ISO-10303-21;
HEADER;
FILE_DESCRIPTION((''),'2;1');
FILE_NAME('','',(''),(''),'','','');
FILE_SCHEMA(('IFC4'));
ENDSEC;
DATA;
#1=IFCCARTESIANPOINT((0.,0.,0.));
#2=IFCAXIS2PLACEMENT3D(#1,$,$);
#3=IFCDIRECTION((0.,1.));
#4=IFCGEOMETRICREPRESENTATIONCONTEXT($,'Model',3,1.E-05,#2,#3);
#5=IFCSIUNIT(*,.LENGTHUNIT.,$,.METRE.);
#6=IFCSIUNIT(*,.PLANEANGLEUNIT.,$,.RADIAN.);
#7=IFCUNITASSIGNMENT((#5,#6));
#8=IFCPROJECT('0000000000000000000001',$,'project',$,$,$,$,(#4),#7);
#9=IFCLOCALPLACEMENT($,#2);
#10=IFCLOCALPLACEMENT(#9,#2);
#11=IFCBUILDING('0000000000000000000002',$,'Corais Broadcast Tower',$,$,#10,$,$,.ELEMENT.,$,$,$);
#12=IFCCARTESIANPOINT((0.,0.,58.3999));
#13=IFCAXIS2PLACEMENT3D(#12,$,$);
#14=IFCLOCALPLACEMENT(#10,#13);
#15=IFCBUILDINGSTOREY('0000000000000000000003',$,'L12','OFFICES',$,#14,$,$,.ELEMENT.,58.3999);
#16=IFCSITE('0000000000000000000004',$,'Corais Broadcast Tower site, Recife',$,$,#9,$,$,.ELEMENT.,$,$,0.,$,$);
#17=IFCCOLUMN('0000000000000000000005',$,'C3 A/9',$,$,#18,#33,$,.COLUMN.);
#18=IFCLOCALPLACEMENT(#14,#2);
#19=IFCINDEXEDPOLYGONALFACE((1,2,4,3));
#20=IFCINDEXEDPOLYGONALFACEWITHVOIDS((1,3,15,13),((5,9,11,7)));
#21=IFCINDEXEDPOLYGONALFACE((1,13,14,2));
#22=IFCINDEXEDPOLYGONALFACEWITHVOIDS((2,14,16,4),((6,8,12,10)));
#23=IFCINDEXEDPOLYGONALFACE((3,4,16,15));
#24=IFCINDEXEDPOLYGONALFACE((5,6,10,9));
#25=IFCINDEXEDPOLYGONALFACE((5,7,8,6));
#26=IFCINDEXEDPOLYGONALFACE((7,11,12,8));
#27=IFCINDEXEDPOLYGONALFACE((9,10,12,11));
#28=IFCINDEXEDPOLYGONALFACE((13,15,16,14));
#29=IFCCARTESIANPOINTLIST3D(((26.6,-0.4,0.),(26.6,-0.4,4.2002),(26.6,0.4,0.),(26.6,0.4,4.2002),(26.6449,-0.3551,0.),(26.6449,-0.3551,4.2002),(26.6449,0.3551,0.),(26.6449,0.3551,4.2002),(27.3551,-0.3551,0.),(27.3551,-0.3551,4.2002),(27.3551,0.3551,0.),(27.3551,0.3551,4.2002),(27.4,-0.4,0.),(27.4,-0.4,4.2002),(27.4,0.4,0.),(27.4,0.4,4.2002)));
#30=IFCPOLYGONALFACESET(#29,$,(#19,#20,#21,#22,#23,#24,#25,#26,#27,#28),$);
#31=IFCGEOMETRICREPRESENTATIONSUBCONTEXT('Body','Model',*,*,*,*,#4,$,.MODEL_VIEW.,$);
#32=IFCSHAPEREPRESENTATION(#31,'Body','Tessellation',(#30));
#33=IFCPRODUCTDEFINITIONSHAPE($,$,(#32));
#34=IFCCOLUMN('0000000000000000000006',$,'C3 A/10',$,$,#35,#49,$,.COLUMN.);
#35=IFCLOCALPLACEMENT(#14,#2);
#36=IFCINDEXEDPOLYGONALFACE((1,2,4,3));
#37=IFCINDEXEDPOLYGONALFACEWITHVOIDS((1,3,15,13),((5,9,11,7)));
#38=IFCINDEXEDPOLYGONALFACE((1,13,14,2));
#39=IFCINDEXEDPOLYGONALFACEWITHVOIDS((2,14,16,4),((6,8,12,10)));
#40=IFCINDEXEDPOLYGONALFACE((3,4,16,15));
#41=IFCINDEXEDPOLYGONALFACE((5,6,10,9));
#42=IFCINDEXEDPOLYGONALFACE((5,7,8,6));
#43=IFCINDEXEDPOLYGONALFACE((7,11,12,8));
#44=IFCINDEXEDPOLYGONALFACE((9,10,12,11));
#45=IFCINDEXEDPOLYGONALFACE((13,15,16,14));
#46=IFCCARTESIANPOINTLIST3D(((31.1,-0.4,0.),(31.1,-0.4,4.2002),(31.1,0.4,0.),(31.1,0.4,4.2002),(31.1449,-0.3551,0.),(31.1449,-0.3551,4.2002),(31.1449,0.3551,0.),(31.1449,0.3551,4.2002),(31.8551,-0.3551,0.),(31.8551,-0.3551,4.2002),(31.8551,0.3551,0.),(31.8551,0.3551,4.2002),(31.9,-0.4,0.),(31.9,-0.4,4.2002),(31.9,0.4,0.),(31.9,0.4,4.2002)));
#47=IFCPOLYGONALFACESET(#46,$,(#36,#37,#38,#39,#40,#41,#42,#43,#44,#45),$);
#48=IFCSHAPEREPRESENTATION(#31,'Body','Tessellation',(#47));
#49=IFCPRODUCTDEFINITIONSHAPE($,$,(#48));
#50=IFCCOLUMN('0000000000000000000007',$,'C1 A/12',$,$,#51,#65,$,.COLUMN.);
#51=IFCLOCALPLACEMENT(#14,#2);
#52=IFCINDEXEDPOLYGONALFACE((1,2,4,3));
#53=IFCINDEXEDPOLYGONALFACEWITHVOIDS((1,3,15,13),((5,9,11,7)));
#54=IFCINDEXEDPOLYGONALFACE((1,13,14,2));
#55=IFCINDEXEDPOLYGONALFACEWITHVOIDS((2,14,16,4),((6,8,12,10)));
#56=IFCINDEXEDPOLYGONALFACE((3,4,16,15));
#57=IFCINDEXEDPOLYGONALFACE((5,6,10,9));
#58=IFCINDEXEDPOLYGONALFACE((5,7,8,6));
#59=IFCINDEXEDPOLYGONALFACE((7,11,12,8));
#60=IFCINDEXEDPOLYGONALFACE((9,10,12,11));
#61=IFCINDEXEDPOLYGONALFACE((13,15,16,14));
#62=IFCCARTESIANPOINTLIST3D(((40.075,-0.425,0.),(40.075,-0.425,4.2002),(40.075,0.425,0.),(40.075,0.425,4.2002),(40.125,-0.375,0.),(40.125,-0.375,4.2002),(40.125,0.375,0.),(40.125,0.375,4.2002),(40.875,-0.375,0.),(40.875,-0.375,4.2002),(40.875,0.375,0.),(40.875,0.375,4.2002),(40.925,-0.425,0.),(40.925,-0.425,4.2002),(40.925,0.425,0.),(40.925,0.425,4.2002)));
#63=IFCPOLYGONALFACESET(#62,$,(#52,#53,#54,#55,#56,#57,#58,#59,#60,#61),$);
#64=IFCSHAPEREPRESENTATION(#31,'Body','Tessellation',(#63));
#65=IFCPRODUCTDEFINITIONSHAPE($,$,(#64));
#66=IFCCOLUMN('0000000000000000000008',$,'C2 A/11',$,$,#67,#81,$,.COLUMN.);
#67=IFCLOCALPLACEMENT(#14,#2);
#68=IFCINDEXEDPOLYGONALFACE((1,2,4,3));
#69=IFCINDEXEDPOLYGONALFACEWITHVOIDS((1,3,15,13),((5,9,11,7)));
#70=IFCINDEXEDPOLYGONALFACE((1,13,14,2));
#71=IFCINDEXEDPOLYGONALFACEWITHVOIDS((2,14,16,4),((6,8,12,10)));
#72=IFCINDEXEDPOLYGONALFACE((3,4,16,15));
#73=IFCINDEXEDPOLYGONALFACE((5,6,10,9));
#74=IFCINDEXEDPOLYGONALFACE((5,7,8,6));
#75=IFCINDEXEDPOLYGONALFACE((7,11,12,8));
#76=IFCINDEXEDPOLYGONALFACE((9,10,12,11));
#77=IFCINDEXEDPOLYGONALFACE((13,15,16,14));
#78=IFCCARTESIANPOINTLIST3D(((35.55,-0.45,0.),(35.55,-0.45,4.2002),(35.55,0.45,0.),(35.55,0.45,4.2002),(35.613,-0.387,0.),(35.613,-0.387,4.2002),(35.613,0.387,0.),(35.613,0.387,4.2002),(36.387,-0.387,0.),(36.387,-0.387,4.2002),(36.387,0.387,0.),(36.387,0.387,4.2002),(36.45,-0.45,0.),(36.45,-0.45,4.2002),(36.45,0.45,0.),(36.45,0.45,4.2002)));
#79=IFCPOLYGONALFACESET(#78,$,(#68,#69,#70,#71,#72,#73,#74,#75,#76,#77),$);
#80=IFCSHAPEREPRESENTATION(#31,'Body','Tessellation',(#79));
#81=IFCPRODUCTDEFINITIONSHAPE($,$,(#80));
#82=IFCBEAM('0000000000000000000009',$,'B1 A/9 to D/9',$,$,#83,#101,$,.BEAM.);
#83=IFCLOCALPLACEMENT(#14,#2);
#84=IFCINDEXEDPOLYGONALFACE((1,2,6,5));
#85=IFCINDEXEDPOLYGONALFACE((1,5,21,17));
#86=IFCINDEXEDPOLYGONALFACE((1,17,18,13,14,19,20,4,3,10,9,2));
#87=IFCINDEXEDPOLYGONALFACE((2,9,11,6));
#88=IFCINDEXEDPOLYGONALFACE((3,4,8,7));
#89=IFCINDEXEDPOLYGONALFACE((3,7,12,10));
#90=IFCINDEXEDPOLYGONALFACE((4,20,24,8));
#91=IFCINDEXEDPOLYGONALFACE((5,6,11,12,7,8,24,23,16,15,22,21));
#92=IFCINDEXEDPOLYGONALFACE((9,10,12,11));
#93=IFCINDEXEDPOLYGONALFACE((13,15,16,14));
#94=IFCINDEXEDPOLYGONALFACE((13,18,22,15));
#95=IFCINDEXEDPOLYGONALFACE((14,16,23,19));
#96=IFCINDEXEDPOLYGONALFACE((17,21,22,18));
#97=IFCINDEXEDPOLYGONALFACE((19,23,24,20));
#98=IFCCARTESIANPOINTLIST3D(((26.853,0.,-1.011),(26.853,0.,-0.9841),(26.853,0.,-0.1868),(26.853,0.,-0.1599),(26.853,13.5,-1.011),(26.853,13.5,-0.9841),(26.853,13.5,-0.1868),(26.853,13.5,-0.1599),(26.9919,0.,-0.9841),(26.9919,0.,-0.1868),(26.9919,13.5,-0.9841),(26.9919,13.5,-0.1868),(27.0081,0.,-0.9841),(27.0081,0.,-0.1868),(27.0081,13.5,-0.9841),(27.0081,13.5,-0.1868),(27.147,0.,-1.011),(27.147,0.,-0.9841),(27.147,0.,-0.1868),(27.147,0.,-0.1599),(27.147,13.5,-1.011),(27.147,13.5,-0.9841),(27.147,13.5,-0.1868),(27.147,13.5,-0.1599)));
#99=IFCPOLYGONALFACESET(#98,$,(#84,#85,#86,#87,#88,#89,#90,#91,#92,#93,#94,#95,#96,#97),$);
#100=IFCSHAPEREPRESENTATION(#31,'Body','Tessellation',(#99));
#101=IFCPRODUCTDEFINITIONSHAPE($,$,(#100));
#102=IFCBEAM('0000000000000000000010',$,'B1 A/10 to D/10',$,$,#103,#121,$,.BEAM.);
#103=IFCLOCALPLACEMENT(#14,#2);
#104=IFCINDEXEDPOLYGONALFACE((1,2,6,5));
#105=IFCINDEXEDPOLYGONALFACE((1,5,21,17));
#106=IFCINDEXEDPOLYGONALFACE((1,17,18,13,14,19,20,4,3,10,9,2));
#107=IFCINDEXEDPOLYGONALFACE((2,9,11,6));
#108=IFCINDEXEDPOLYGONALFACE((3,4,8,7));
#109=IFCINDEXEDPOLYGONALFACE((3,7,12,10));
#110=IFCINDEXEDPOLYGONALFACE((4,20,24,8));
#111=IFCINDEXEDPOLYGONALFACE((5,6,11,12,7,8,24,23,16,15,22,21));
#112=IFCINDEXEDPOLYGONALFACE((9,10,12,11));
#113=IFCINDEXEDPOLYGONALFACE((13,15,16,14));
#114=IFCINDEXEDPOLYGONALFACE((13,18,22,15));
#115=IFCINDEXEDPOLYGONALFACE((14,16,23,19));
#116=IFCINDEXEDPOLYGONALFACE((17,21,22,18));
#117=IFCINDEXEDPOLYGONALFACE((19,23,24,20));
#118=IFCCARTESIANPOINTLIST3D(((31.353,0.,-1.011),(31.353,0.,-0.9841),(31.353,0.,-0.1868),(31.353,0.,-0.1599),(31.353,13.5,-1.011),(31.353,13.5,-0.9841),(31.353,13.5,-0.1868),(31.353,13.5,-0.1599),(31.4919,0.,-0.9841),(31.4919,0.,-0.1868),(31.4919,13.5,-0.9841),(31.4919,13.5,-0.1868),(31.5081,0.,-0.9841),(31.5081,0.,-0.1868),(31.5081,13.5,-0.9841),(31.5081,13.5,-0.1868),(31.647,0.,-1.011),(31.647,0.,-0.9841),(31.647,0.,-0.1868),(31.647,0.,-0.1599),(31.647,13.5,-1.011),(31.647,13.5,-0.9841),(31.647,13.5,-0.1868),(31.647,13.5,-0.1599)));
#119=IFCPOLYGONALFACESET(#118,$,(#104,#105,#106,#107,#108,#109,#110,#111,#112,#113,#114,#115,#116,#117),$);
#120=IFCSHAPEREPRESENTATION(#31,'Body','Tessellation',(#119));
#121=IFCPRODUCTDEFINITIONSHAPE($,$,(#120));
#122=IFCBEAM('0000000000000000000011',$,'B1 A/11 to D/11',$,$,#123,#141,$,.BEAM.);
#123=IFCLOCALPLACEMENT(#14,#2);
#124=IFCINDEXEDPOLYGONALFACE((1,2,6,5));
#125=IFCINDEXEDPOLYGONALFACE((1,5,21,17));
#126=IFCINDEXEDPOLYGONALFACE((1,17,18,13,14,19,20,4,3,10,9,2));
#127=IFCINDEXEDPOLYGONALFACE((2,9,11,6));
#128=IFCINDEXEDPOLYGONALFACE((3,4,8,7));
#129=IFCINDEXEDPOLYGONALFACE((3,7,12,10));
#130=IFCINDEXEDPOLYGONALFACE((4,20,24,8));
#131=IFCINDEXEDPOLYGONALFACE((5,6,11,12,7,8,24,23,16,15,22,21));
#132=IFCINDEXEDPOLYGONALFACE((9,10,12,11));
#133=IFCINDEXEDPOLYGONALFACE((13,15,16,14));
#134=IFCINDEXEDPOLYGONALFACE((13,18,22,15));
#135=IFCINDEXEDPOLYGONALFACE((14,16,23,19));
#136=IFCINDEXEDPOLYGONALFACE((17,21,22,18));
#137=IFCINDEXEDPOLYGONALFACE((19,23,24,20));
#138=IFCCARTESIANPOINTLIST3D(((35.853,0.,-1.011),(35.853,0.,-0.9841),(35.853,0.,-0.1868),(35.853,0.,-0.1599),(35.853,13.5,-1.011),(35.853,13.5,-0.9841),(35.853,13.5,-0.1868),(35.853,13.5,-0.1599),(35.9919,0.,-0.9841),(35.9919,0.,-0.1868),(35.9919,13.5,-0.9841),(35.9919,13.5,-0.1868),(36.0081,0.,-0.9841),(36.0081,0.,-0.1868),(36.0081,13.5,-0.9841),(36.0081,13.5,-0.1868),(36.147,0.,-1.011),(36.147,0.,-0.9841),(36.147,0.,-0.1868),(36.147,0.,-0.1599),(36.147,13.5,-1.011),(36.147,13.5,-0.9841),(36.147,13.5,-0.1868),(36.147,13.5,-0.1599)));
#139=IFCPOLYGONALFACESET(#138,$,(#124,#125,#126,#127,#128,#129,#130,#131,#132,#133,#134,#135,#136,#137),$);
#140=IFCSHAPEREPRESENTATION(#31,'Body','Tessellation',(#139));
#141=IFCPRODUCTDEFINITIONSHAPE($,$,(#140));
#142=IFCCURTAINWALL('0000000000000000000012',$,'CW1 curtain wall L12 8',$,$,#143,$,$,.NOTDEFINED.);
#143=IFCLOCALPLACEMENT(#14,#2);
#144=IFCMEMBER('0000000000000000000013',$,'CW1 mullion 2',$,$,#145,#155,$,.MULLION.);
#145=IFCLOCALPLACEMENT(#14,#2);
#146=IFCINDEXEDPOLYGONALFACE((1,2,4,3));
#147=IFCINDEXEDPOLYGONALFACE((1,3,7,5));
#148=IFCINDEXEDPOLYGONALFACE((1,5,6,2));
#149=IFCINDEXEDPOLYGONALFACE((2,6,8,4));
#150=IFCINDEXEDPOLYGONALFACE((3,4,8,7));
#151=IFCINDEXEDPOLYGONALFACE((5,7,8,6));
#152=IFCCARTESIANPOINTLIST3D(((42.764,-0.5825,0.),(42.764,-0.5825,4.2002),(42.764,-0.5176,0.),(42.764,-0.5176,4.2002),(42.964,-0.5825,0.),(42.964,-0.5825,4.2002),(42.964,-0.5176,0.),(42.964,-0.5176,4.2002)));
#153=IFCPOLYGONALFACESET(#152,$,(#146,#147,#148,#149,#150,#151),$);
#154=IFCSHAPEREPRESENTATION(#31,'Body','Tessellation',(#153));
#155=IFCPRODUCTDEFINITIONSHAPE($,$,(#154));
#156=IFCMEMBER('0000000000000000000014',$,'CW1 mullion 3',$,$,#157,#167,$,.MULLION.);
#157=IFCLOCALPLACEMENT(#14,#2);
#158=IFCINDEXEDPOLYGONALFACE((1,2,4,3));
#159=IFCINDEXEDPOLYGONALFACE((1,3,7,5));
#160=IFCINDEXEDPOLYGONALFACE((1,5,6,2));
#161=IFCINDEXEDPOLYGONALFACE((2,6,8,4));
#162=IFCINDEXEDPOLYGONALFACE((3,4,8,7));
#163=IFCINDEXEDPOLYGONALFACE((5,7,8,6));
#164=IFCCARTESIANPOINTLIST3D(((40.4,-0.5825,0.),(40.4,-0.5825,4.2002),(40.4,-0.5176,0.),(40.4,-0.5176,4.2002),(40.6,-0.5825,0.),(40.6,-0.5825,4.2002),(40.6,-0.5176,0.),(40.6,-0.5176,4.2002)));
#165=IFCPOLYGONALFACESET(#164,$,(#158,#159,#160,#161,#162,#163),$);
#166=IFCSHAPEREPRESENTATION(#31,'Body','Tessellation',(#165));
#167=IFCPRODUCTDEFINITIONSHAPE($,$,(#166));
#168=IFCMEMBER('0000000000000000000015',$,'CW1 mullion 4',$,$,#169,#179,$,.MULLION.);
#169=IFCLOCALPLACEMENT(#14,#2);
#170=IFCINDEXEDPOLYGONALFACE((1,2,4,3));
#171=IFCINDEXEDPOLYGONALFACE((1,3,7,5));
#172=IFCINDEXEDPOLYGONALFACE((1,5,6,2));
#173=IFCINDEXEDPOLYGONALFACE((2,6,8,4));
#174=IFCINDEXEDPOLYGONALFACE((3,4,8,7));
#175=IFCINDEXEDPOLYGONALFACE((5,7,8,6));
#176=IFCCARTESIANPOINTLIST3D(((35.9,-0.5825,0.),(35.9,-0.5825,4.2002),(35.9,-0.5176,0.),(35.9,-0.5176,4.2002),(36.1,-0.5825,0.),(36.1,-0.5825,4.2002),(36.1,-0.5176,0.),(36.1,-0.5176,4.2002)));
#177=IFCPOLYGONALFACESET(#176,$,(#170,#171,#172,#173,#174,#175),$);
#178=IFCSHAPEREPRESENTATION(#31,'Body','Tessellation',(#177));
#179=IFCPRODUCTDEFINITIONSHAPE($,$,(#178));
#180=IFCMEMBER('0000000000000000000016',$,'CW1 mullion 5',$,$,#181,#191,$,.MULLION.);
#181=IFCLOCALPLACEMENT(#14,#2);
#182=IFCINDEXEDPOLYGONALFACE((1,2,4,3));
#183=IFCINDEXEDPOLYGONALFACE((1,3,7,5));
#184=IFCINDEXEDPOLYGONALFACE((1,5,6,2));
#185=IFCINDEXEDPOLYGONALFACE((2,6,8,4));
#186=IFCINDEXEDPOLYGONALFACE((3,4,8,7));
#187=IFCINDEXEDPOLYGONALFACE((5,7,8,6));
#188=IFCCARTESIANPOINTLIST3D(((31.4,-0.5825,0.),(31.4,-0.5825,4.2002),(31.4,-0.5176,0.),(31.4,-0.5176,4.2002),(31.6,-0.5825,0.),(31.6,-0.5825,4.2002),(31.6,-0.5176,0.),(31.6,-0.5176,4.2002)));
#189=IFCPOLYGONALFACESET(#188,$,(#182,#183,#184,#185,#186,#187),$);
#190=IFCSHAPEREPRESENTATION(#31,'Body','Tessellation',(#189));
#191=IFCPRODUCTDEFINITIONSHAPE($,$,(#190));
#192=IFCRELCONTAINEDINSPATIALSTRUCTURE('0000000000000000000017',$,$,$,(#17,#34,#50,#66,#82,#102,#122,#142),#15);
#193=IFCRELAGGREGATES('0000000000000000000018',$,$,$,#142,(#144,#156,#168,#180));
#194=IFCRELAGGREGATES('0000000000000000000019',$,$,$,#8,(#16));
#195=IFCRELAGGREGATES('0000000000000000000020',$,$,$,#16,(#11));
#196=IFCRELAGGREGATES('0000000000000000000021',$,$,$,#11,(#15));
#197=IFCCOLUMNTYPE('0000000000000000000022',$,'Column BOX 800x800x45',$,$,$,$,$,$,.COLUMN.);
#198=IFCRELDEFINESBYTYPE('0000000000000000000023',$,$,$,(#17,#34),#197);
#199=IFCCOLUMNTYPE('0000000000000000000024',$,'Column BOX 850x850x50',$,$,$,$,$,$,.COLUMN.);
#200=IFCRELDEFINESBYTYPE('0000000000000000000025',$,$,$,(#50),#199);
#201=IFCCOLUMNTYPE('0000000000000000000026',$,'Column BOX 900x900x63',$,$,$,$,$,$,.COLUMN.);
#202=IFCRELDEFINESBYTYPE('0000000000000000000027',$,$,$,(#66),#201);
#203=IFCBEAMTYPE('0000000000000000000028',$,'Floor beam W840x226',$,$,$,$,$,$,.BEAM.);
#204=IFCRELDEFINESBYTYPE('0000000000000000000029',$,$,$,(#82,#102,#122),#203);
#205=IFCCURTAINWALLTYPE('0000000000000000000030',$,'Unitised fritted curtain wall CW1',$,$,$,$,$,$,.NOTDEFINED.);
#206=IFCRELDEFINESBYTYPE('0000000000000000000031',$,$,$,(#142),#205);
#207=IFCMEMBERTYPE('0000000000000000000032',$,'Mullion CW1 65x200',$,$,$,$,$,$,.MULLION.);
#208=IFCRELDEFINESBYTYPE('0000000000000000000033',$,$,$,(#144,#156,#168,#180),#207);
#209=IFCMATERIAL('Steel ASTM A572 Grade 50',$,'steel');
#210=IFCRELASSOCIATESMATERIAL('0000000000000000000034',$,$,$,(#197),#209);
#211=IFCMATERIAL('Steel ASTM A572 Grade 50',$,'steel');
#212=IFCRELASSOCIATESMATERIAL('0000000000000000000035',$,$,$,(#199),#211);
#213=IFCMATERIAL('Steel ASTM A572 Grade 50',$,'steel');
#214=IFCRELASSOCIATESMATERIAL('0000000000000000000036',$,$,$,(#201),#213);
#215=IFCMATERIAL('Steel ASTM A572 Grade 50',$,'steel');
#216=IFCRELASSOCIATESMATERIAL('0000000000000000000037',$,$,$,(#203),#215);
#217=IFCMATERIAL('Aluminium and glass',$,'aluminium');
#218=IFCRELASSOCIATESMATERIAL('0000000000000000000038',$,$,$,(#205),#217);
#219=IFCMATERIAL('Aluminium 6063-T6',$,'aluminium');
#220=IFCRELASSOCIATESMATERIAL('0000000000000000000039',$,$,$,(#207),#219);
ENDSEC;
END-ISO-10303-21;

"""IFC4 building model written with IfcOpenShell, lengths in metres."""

from ifc_helpers import new_model, si_unit, direction, frame, origin, origin_2d, place, context, subcontext, project, spatial, rectangle, hollow_rectangle, i_section, extrude, material, material_profile, profile_set, type_object, element, aggregate, save


model = new_model("IFC4")

# Units and contexts
model_context = context("Model", 3, precision=1e-05, world=origin(), true_north=direction((0.0, 1.0)))
body_context = subcontext(model_context, "Body", "Model", "MODEL_VIEW")
ifc_project = project(units=[si_unit("LENGTHUNIT", "METRE"), si_unit("PLANEANGLEUNIT", "RADIAN")], contexts=[model_context])

# Site, building, storey
site_placement = place(None, origin())
site = spatial("IfcSite", under=ifc_project, at=site_placement, Name="Corais Broadcast Tower site, Recife", CompositionType="ELEMENT", RefElevation=0.0)
building_placement = place(site_placement, origin())
building = spatial("IfcBuilding", under=site, at=building_placement, Name="Corais Broadcast Tower", CompositionType="ELEMENT")
storey_placement = place(building_placement, frame((0.0, 0.0, 58.3999)))
storey = spatial("IfcBuildingStorey", under=building, at=storey_placement, Name="L12", Description="OFFICES", CompositionType="ELEMENT", Elevation=58.3999)

# Columns
ifc_material_1 = material(Name="Steel ASTM A572 Grade 50", Category="steel")
ifc_material_profile_1 = material_profile(ifc_material_1, hollow_rectangle(XDim=0.8, YDim=0.8, WallThickness=0.0449, at=origin_2d()), Name="BOX 800x800x45")
ifc_profile_set_1 = profile_set([ifc_material_profile_1], Name="Steel ASTM A572 Grade 50")
column_type_1 = type_object("IfcColumnType", Name="Column BOX 800x800x45", PredefinedType="COLUMN", material=ifc_profile_set_1)
for number, where, z_axis, x_axis, name in (
    (1, (27.0, 0.0, 0.0), (0.0, 0.0, 1.0), (1.0, 0.0, 0.0), "C3 A/9"),
    (2, (31.5, 0.0, 0.0), (0.0, 0.0, 1.0), (1.0, 0.0, 0.0), "C3 A/10"),
):
    element("IfcColumn", number, at=place(storey_placement, frame(where, z_axis=z_axis, x_axis=x_axis)), inside=storey, type_object=column_type_1, Name=name, PredefinedType="COLUMN", context=body_context, shape_type="SweptSolid", body=[
        extrude(hollow_rectangle(XDim=0.8, YDim=0.8, WallThickness=0.0449, at=origin_2d()), origin(), (0.0, 0.0, 1.0), 4.2002),
    ])
ifc_material_2 = material(Name="Steel ASTM A572 Grade 50", Category="steel")
ifc_material_profile_2 = material_profile(ifc_material_2, hollow_rectangle(XDim=0.8501, YDim=0.8501, WallThickness=0.05, at=origin_2d()), Name="BOX 850x850x50")
ifc_profile_set_2 = profile_set([ifc_material_profile_2], Name="Steel ASTM A572 Grade 50")
column_type_2 = type_object("IfcColumnType", Name="Column BOX 850x850x50", PredefinedType="COLUMN", material=ifc_profile_set_2)
column_1_placement = place(storey_placement, frame((40.5, 0.0, 0.0), z_axis=(0.0, 0.0, 1.0), x_axis=(1.0, 0.0, 0.0)))
element("IfcColumn", 3, at=column_1_placement, inside=storey, type_object=column_type_2, Name="C1 A/12", PredefinedType="COLUMN", context=body_context, shape_type="SweptSolid", body=[
    extrude(hollow_rectangle(XDim=0.8501, YDim=0.8501, WallThickness=0.05, at=origin_2d()), origin(), (0.0, 0.0, 1.0), 4.2002),
])
ifc_material_3 = material(Name="Steel ASTM A572 Grade 50", Category="steel")
ifc_material_profile_3 = material_profile(ifc_material_3, hollow_rectangle(XDim=0.8999, YDim=0.8999, WallThickness=0.063, at=origin_2d()), Name="BOX 900x900x63")
ifc_profile_set_3 = profile_set([ifc_material_profile_3], Name="Steel ASTM A572 Grade 50")
column_type_3 = type_object("IfcColumnType", Name="Column BOX 900x900x63", PredefinedType="COLUMN", material=ifc_profile_set_3)
column_2_placement = place(storey_placement, frame((36.0, 0.0, 0.0), z_axis=(0.0, 0.0, 1.0), x_axis=(1.0, 0.0, 0.0)))
element("IfcColumn", 4, at=column_2_placement, inside=storey, type_object=column_type_3, Name="C2 A/11", PredefinedType="COLUMN", context=body_context, shape_type="SweptSolid", body=[
    extrude(hollow_rectangle(XDim=0.8999, YDim=0.8999, WallThickness=0.063, at=origin_2d()), origin(), (0.0, 0.0, 1.0), 4.2002),
])

# Beams
ifc_material_4 = material(Name="Steel ASTM A572 Grade 50", Category="steel")
ifc_material_profile_4 = material_profile(ifc_material_4, i_section(OverallWidth=0.2939, OverallDepth=0.8511, WebThickness=0.0161, FlangeThickness=0.0269, at=origin_2d()), Name="W840x226")
ifc_profile_set_4 = profile_set([ifc_material_profile_4], Name="Steel ASTM A572 Grade 50")
beam_type_1 = type_object("IfcBeamType", Name="Floor beam W840x226", PredefinedType="BEAM", material=ifc_profile_set_4)
for number, where, z_axis, x_axis, name in (
    (5, (27.0, 0.0, -0.5854), (0.0, 1.0, 0.0), (-1.0, 0.0, 0.0), "B1 A/9 to D/9"),
    (6, (31.5, 0.0, -0.5854), (0.0, 1.0, 0.0), (-1.0, 0.0, 0.0), "B1 A/10 to D/10"),
    (7, (36.0, 0.0, -0.5854), (0.0, 1.0, 0.0), (-1.0, 0.0, 0.0), "B1 A/11 to D/11"),
):
    element("IfcBeam", number, at=place(storey_placement, frame(where, z_axis=z_axis, x_axis=x_axis)), inside=storey, type_object=beam_type_1, Name=name, PredefinedType="BEAM", context=body_context, shape_type="SweptSolid", body=[
        extrude(i_section(OverallWidth=0.2939, OverallDepth=0.8511, WebThickness=0.0161, FlangeThickness=0.0269, at=origin_2d()), origin(), (0.0, 0.0, 1.0), 13.5),
    ])

# Curtain wall, members
ifc_material_5 = material(Name="Aluminium and glass", Category="aluminium")
curtain_wall_type = type_object("IfcCurtainWallType", Name="Unitised fritted curtain wall CW1", PredefinedType="NOTDEFINED", material=ifc_material_5)
curtain_wall_placement = place(storey_placement, origin())
curtain_wall = element("IfcCurtainWall", 8, at=curtain_wall_placement, inside=storey, type_object=curtain_wall_type, Name="CW1 curtain wall L12 8", PredefinedType="NOTDEFINED")
ifc_material_6 = material(Name="Aluminium 6063-T6", Category="aluminium")
ifc_material_profile_5 = material_profile(ifc_material_6, rectangle(XDim=0.0649, YDim=0.2, at=origin_2d()), Name="Mullion CW1 65x200")
ifc_profile_set_5 = profile_set([ifc_material_profile_5], Name="Aluminium 6063-T6")
member_type_1 = type_object("IfcMemberType", Name="Mullion CW1 65x200", PredefinedType="MULLION", material=ifc_profile_set_5)
member_1_placement = place(storey_placement, frame((42.864, -0.55, 0.0), z_axis=(0.0, 0.0, 1.0), x_axis=(0.0, -1.0, 0.0)))
member_1 = element("IfcMember", 9, at=member_1_placement, type_object=member_type_1, Name="CW1 mullion 2", PredefinedType="MULLION", context=body_context, shape_type="SweptSolid", body=[
    extrude(rectangle(XDim=0.0649, YDim=0.2, at=origin_2d()), origin(), (0.0, 0.0, 1.0), 4.2002),
])
member_2_placement = place(storey_placement, frame((40.5, -0.55, 0.0), z_axis=(0.0, 0.0, 1.0), x_axis=(0.0, -1.0, 0.0)))
member_2 = element("IfcMember", 10, at=member_2_placement, type_object=member_type_1, Name="CW1 mullion 3", PredefinedType="MULLION", context=body_context, shape_type="SweptSolid", body=[
    extrude(rectangle(XDim=0.0649, YDim=0.2, at=origin_2d()), origin(), (0.0, 0.0, 1.0), 4.2002),
])
member_3_placement = place(storey_placement, frame((36.0, -0.55, 0.0), z_axis=(0.0, 0.0, 1.0), x_axis=(0.0, -1.0, 0.0)))
member_3 = element("IfcMember", 11, at=member_3_placement, type_object=member_type_1, Name="CW1 mullion 4", PredefinedType="MULLION", context=body_context, shape_type="SweptSolid", body=[
    extrude(rectangle(XDim=0.0649, YDim=0.2, at=origin_2d()), origin(), (0.0, 0.0, 1.0), 4.2002),
])
member_4_placement = place(storey_placement, frame((31.5, -0.55, 0.0), z_axis=(0.0, 0.0, 1.0), x_axis=(0.0, -1.0, 0.0)))
member_4 = element("IfcMember", 12, at=member_4_placement, type_object=member_type_1, Name="CW1 mullion 5", PredefinedType="MULLION", context=body_context, shape_type="SweptSolid", body=[
    extrude(rectangle(XDim=0.0649, YDim=0.2, at=origin_2d()), origin(), (0.0, 0.0, 1.0), 4.2002),
])

aggregate(curtain_wall, [member_1, member_2, member_3, member_4])

save(model, "model.ifc")
